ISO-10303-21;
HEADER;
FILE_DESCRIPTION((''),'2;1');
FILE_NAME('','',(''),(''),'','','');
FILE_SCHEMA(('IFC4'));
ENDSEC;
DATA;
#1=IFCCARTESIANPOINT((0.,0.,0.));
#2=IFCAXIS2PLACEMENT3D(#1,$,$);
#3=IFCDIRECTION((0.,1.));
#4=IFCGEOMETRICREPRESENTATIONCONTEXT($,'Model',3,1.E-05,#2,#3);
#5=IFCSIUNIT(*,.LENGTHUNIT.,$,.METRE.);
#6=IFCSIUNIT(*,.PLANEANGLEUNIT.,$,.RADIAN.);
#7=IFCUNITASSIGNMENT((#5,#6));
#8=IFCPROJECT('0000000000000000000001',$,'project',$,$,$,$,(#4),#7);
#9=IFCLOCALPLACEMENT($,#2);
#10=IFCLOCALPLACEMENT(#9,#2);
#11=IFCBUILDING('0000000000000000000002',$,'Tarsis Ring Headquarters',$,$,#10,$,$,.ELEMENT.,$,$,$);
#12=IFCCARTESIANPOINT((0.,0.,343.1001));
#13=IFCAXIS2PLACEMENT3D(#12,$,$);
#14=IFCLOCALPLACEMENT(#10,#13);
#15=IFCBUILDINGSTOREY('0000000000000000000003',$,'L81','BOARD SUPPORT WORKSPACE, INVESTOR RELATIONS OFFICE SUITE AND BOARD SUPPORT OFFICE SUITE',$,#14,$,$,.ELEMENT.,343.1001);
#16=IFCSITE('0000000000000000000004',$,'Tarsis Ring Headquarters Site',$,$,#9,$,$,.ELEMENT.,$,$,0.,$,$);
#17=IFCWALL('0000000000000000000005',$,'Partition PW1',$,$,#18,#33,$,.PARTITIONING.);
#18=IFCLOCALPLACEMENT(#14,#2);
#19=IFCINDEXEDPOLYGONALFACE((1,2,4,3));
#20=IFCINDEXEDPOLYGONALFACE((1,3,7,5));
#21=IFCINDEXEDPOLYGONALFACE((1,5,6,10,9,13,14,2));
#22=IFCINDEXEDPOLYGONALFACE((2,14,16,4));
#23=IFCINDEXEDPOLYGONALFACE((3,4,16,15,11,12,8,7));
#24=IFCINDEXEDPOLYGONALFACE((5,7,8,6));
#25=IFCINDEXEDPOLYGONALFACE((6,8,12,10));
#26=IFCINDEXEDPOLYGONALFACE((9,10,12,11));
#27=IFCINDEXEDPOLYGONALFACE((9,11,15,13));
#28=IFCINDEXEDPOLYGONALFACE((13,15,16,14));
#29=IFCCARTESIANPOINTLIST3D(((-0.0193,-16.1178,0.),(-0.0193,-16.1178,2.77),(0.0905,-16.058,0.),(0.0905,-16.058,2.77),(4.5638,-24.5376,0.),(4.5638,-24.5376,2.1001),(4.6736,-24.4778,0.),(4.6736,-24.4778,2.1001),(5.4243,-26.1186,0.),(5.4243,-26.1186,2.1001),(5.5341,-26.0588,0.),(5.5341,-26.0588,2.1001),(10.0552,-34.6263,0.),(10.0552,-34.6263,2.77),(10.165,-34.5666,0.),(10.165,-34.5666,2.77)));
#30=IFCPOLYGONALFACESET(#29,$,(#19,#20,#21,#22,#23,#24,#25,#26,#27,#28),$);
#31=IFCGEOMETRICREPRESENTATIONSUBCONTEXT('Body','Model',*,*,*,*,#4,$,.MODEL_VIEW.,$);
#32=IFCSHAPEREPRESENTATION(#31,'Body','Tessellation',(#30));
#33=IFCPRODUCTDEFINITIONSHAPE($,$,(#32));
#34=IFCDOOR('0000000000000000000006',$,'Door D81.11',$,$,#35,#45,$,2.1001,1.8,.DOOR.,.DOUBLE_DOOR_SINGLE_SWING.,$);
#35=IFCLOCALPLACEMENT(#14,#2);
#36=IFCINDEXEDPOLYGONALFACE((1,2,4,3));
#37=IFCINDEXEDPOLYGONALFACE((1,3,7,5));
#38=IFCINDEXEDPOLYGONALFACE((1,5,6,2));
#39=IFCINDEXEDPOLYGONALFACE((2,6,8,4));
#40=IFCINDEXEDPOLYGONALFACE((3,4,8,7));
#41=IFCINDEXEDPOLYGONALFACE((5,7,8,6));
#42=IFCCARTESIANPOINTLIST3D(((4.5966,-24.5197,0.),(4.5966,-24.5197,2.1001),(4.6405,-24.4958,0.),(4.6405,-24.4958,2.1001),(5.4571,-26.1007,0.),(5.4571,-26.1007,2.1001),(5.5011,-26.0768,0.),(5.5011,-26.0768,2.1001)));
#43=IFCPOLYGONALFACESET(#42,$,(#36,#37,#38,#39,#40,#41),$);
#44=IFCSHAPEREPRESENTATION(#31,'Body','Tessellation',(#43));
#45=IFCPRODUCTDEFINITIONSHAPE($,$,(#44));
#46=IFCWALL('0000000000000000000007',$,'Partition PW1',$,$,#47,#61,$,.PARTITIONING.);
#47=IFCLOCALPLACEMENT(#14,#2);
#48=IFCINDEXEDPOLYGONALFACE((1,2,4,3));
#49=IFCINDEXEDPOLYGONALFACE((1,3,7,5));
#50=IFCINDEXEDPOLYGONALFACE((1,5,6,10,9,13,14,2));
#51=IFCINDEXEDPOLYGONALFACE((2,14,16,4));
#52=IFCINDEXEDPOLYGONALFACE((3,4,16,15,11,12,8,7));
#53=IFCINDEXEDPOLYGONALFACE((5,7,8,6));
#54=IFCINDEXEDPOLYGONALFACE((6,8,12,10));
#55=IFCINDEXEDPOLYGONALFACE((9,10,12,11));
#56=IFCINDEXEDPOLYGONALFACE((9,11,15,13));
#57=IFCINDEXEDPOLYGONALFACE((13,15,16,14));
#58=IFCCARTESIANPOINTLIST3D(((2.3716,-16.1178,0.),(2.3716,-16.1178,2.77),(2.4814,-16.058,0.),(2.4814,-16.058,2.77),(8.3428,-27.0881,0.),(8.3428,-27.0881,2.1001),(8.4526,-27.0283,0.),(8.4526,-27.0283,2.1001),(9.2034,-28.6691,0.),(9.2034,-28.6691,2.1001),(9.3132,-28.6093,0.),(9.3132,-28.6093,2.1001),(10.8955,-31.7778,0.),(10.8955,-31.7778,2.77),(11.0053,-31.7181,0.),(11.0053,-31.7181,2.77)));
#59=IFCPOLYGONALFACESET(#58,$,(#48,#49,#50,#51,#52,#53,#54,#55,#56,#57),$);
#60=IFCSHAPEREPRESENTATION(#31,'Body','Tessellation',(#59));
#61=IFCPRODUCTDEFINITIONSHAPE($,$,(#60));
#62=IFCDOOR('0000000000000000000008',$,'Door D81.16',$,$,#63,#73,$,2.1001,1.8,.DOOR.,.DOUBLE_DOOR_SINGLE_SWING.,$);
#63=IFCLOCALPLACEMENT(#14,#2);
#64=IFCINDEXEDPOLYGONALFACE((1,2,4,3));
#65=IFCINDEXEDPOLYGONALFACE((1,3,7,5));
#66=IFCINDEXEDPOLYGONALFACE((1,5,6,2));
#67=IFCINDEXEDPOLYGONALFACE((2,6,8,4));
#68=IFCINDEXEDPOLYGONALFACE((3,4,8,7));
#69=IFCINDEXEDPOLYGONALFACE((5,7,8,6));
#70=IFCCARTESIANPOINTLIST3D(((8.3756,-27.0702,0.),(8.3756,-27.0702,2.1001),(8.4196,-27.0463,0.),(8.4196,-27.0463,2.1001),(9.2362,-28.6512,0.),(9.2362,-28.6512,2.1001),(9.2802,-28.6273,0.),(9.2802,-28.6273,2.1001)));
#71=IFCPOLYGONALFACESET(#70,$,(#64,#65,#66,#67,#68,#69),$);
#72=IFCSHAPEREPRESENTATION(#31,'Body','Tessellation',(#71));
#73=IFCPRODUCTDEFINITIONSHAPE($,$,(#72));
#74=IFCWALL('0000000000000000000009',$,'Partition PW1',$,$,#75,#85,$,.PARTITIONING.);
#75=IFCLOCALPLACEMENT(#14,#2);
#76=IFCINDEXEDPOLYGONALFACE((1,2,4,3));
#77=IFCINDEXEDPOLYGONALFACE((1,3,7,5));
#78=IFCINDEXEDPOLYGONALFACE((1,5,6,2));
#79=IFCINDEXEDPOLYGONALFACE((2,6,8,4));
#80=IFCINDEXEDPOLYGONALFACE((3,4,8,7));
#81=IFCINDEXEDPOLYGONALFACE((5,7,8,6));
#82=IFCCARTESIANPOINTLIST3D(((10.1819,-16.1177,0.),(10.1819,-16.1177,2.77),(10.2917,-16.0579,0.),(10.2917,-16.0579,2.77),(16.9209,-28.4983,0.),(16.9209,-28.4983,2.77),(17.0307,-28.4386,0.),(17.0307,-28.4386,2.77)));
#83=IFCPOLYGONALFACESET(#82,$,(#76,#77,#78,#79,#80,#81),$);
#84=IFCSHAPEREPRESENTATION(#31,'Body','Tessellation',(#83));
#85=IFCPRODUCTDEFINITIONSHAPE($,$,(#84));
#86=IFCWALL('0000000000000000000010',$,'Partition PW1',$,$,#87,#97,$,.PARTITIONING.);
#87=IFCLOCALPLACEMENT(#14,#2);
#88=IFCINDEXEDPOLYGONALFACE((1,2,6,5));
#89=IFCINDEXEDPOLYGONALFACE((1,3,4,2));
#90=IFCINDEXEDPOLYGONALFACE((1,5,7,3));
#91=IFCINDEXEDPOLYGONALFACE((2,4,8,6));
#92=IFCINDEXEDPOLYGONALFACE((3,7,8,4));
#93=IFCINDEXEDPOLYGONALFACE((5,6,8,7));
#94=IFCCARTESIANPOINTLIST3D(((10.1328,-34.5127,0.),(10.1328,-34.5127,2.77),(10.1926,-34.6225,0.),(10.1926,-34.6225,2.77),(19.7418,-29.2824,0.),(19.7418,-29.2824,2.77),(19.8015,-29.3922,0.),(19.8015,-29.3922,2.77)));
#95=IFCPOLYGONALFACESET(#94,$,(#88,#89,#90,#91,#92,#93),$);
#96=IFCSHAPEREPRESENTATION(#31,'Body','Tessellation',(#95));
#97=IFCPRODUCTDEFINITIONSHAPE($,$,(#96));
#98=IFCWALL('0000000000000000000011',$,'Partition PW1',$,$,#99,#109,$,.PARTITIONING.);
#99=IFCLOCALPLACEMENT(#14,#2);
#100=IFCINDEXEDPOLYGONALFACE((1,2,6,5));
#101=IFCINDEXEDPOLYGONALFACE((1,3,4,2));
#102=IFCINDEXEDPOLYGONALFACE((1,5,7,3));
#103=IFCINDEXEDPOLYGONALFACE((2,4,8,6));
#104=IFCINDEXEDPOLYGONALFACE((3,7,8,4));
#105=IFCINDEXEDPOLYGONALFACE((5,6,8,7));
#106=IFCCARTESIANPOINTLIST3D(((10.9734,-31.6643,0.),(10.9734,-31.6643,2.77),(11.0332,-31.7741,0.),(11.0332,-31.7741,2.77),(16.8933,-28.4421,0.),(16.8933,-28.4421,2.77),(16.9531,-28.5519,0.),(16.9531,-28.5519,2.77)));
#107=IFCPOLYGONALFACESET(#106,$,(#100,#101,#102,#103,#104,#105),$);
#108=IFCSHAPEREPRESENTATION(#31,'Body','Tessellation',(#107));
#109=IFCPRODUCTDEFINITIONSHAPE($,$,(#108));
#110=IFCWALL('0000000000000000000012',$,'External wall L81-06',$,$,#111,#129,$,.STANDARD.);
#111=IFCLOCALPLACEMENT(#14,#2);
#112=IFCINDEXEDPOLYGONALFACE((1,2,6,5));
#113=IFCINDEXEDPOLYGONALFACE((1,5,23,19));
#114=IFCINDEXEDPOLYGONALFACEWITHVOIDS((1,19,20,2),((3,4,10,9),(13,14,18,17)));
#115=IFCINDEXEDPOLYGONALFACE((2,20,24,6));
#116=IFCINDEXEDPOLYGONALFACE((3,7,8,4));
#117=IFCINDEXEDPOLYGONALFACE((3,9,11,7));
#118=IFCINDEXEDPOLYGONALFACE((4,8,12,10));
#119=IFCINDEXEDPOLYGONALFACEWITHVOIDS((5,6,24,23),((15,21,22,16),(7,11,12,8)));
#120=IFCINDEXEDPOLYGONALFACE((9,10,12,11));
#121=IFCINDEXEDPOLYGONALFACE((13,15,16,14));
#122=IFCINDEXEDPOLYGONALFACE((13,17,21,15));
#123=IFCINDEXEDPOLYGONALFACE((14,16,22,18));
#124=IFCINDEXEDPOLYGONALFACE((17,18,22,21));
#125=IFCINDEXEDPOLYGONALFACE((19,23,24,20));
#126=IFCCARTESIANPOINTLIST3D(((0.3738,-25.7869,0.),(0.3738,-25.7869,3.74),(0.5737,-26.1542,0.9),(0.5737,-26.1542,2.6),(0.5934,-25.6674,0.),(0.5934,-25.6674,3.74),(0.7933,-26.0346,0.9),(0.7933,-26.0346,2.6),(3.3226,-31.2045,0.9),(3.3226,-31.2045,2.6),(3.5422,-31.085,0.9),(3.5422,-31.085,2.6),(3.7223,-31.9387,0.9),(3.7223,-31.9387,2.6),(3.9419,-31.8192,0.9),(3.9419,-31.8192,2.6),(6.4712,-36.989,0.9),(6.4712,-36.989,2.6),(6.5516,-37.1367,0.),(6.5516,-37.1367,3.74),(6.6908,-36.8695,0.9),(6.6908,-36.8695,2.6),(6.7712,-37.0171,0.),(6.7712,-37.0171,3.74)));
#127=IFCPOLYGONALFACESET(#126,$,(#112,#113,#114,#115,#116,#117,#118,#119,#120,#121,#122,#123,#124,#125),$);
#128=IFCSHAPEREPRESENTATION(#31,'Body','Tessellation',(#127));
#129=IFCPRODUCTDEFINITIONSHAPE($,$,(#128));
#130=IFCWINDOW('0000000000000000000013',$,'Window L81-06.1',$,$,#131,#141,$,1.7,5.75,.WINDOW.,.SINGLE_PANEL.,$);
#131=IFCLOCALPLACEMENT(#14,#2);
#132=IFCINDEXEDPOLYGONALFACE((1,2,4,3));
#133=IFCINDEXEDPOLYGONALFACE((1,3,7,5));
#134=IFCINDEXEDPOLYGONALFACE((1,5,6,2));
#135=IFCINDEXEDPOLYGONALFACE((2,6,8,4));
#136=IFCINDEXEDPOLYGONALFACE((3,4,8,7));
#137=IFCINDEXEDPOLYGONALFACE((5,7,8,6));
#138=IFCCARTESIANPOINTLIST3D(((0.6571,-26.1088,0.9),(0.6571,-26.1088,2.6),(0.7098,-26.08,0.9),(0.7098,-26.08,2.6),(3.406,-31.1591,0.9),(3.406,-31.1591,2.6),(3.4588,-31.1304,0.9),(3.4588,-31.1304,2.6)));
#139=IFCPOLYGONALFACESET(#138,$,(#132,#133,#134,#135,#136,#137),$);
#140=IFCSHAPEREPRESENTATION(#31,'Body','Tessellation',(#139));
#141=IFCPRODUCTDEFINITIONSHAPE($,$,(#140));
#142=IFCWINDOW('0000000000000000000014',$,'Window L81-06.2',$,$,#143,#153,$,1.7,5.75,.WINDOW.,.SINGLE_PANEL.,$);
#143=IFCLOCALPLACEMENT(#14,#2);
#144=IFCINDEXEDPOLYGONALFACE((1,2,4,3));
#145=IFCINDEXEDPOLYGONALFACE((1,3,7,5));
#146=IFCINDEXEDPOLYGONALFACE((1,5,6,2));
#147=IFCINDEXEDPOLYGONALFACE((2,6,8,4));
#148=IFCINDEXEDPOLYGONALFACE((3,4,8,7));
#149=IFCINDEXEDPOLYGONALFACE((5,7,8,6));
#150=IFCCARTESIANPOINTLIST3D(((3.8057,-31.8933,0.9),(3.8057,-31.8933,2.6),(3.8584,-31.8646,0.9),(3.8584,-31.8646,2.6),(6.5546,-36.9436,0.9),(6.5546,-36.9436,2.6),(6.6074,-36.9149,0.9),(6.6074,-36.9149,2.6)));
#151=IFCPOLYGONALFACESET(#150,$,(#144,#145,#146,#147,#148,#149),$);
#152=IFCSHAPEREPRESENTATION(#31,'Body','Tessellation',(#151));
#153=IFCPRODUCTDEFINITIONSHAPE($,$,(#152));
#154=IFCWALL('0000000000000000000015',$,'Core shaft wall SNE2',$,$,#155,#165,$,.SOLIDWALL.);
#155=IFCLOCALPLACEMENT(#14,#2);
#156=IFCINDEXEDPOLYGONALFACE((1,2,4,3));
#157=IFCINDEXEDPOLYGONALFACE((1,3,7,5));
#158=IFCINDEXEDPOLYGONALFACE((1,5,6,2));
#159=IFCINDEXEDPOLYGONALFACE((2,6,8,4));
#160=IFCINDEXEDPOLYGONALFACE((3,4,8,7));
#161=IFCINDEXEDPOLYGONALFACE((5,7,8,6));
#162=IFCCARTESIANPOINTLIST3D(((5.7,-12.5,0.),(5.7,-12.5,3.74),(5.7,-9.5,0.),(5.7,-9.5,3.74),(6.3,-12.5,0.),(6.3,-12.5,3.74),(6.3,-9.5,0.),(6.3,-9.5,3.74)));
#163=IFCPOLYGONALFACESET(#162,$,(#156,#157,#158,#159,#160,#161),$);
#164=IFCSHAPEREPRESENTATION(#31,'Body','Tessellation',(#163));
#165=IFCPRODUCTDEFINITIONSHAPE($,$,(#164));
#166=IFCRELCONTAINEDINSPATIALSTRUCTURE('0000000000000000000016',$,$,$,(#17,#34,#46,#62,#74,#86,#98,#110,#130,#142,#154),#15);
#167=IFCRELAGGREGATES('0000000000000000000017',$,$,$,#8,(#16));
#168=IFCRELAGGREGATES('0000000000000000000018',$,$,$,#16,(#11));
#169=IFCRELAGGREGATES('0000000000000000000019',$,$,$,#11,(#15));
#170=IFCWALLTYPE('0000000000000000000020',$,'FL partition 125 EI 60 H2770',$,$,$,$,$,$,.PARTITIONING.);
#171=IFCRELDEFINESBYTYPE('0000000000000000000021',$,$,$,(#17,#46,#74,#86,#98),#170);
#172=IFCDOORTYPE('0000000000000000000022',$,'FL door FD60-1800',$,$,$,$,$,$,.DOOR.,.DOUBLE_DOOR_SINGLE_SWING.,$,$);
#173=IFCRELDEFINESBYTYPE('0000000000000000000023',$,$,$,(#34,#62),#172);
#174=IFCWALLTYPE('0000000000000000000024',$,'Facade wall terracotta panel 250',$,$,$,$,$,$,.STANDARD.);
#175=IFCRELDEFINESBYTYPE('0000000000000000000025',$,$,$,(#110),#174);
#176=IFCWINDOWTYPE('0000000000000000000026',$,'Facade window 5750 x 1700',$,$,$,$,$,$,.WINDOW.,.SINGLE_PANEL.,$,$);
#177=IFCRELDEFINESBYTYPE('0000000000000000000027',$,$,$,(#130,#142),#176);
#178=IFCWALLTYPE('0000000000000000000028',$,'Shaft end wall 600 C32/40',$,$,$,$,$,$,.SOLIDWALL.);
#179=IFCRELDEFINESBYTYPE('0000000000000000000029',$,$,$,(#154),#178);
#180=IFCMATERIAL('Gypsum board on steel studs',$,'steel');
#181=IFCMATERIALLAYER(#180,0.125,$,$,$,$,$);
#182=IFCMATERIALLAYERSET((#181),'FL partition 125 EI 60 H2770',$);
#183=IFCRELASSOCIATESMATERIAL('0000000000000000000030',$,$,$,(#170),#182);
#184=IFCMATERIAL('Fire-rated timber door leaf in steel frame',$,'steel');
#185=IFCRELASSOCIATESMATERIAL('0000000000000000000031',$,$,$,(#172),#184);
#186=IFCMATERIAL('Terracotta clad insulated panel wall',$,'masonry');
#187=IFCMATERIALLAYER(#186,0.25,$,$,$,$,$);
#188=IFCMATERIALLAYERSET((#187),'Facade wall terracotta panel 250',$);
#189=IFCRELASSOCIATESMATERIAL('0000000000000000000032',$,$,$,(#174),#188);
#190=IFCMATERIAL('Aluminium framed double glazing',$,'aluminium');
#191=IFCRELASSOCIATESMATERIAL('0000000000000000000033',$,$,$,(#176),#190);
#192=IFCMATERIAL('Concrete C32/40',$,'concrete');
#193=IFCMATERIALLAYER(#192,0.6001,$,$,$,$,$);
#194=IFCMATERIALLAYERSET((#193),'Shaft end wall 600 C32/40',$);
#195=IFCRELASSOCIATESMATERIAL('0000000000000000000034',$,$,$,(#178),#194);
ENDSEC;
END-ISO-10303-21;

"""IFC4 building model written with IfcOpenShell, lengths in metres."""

from ifc_helpers import new_model, si_unit, direction, frame, frame_2d, origin, place, context, subcontext, project, spatial, rectangle, extrude, material, layer, layer_set, type_object, element, fill, save


model = new_model("IFC4")

# Units and contexts
model_context = context("Model", 3, precision=1e-05, world=origin(), true_north=direction((0.0, 1.0)))
body_context = subcontext(model_context, "Body", "Model", "MODEL_VIEW")
ifc_project = project(units=[si_unit("LENGTHUNIT", "METRE"), si_unit("PLANEANGLEUNIT", "RADIAN")], contexts=[model_context])

# Site, building, storey
site_placement = place(None, origin())
site = spatial("IfcSite", under=ifc_project, at=site_placement, Name="Tarsis Ring Headquarters Site", CompositionType="ELEMENT", RefElevation=0.0)
building_placement = place(site_placement, origin())
building = spatial("IfcBuilding", under=site, at=building_placement, Name="Tarsis Ring Headquarters", CompositionType="ELEMENT")
storey_placement = place(building_placement, frame((0.0, 0.0, 343.1001)))
storey = spatial("IfcBuildingStorey", under=building, at=storey_placement, Name="L81", Description="BOARD SUPPORT WORKSPACE, INVESTOR RELATIONS OFFICE SUITE AND BOARD SUPPORT OFFICE SUITE", CompositionType="ELEMENT", Elevation=343.1001)

# Walls, openings, doors
ifc_material_1 = material(Name="Gypsum board on steel studs", Category="steel")
ifc_layer_1 = layer(ifc_material_1, 0.125)
ifc_layer_set_1 = layer_set([ifc_layer_1], Name="FL partition 125 EI 60 H2770")
wall_type_1 = type_object("IfcWallType", Name="FL partition 125 EI 60 H2770", PredefinedType="PARTITIONING", material=ifc_layer_set_1)
wall_1_placement = place(storey_placement, frame((0.0356, -16.0879, 0.0), z_axis=(0.0, 0.0, 1.0), x_axis=(0.47808, -0.878316, 0.0)))
wall_1 = element("IfcWall", 1, at=wall_1_placement, inside=storey, type_object=wall_type_1, Name="Partition PW1", PredefinedType="PARTITIONING", context=body_context, shape_type="SweptSolid", body=[
    extrude(rectangle(XDim=21.0728, YDim=0.125, at=frame_2d((10.5364, 0.0))), origin(), (0.0, 0.0, 1.0), 2.77),
])
opening_1_placement = place(wall_1_placement, frame((9.5864, 0.0, 0.0)))
opening_1 = element("IfcOpeningElement", 2, at=opening_1_placement, cuts=wall_1, PredefinedType="OPENING", context=body_context, shape_type="SweptSolid", body=[
    extrude(rectangle(XDim=1.8, YDim=2.1001, at=frame_2d((0.8999, 1.05))), frame((0.0, 0.0725, 0.0), z_axis=(0.0, -1.0, 0.0), x_axis=(1.0, 0.0, 0.0)), (0.0, 0.0, 1.0), 0.145),
])
ifc_material_2 = material(Name="Fire-rated timber door leaf in steel frame", Category="steel")
door_type_1 = type_object("IfcDoorType", Name="FL door FD60-1800", OperationType="DOUBLE_DOOR_SINGLE_SWING", PredefinedType="DOOR", material=ifc_material_2)
door_1_placement = place(opening_1_placement, origin())
door_1 = element("IfcDoor", 3, at=door_1_placement, inside=storey, type_object=door_type_1, Name="Door D81.11", OperationType="DOUBLE_DOOR_SINGLE_SWING", OverallHeight=2.1001, OverallWidth=1.8, PredefinedType="DOOR", context=body_context, shape_type="SweptSolid", body=[
    extrude(rectangle(XDim=1.8, YDim=2.1001, at=frame_2d((0.8999, 1.05))), frame((0.0, 0.0249, 0.0), z_axis=(0.0, -1.0, 0.0), x_axis=(1.0, 0.0, 0.0)), (0.0, 0.0, 1.0), 0.05),
])
fill(opening_1, door_1)
wall_2_placement = place(storey_placement, frame((2.4265, -16.0879, 0.0), z_axis=(0.0, 0.0, 1.0), x_axis=(0.478075, -0.878319, 0.0)))
wall_2 = element("IfcWall", 4, at=wall_2_placement, inside=storey, type_object=wall_type_1, Name="Partition PW1", PredefinedType="PARTITIONING", context=body_context, shape_type="SweptSolid", body=[
    extrude(rectangle(XDim=17.8296, YDim=0.125, at=frame_2d((8.9148, 0.0))), origin(), (0.0, 0.0, 1.0), 2.77),
])
opening_2_placement = place(wall_2_placement, frame((12.4902, 0.0, 0.0)))
opening_2 = element("IfcOpeningElement", 5, at=opening_2_placement, cuts=wall_2, PredefinedType="OPENING", context=body_context, shape_type="SweptSolid", body=[
    extrude(rectangle(XDim=1.8, YDim=2.1001, at=frame_2d((0.8999, 1.05))), frame((0.0, 0.0725, 0.0), z_axis=(0.0, -1.0, 0.0), x_axis=(1.0, 0.0, 0.0)), (0.0, 0.0, 1.0), 0.145),
])
door_2_placement = place(opening_2_placement, origin())
door_2 = element("IfcDoor", 6, at=door_2_placement, inside=storey, type_object=door_type_1, Name="Door D81.16", OperationType="DOUBLE_DOOR_SINGLE_SWING", OverallHeight=2.1001, OverallWidth=1.8, PredefinedType="DOOR", context=body_context, shape_type="SweptSolid", body=[
    extrude(rectangle(XDim=1.8, YDim=2.1001, at=frame_2d((0.8999, 1.05))), frame((0.0, 0.0249, 0.0), z_axis=(0.0, -1.0, 0.0), x_axis=(1.0, 0.0, 0.0)), (0.0, 0.0, 1.0), 0.05),
])
fill(opening_2, door_2)

# Walls
wall_3_placement = place(storey_placement, frame((10.2368, -16.0879, 0.0), z_axis=(0.0, 0.0, 1.0), x_axis=(0.478084, -0.878314, 0.0)))
element("IfcWall", 7, at=wall_3_placement, inside=storey, type_object=wall_type_1, Name="Partition PW1", PredefinedType="PARTITIONING", context=body_context, shape_type="SweptSolid", body=[
    extrude(rectangle(XDim=14.0959, YDim=0.125, at=frame_2d((7.0479, 0.0))), origin(), (0.0, 0.0, 1.0), 2.77),
])
wall_4_placement = place(storey_placement, frame((10.1626, -34.5676, 0.0), z_axis=(0.0, 0.0, 1.0), x_axis=(0.878317, 0.478078, 0.0)))
element("IfcWall", 8, at=wall_4_placement, inside=storey, type_object=wall_type_1, Name="Partition PW1", PredefinedType="PARTITIONING", context=body_context, shape_type="SweptSolid", body=[
    extrude(rectangle(XDim=10.9402, YDim=0.125, at=frame_2d((5.4702, 0.0))), origin(), (0.0, 0.0, 1.0), 2.77),
])
wall_5_placement = place(storey_placement, frame((11.0032, -31.7192, 0.0), z_axis=(0.0, 0.0, 1.0), x_axis=(0.878324, 0.478065, 0.0)))
element("IfcWall", 9, at=wall_5_placement, inside=storey, type_object=wall_type_1, Name="Partition PW1", PredefinedType="PARTITIONING", context=body_context, shape_type="SweptSolid", body=[
    extrude(rectangle(XDim=6.74, YDim=0.125, at=frame_2d((3.3701, 0.0))), origin(), (0.0, 0.0, 1.0), 2.77),
])

# Wall, openings, windows
ifc_material_3 = material(Name="Terracotta clad insulated panel wall", Category="masonry")
ifc_layer_2 = layer(ifc_material_3, 0.25)
ifc_layer_set_2 = layer_set([ifc_layer_2], Name="Facade wall terracotta panel 250")
wall_type_2 = type_object("IfcWallType", Name="Facade wall terracotta panel 250", PredefinedType="STANDARD", material=ifc_layer_set_2)
wall_6_placement = place(storey_placement, frame((0.4836, -25.7273, 0.0), z_axis=(0.0, 0.0, 1.0), x_axis=(0.478079, -0.878317, 0.0)))
wall_6 = element("IfcWall", 10, at=wall_6_placement, inside=storey, type_object=wall_type_2, Name="External wall L81-06", PredefinedType="STANDARD", context=body_context, shape_type="SweptSolid", body=[
    extrude(rectangle(XDim=12.9221, YDim=0.25, at=frame_2d((6.4609, 0.0))), origin(), (0.0, 0.0, 1.0), 3.74),
])
opening_3_placement = place(wall_6_placement, frame((0.418, 0.0, 0.8999)))
opening_3 = element("IfcOpeningElement", 11, at=opening_3_placement, cuts=wall_6, PredefinedType="OPENING", context=body_context, shape_type="SweptSolid", body=[
    extrude(rectangle(XDim=5.75, YDim=1.7, at=frame_2d((2.875, 0.8501))), frame((0.0, 0.135, 0.0), z_axis=(0.0, -1.0, 0.0), x_axis=(1.0, 0.0, 0.0)), (0.0, 0.0, 1.0), 0.27),
])
opening_4_placement = place(wall_6_placement, frame((7.0039, 0.0, 0.8999)))
opening_4 = element("IfcOpeningElement", 12, at=opening_4_placement, cuts=wall_6, PredefinedType="OPENING", context=body_context, shape_type="SweptSolid", body=[
    extrude(rectangle(XDim=5.75, YDim=1.7, at=frame_2d((2.875, 0.8501))), frame((0.0, 0.135, 0.0), z_axis=(0.0, -1.0, 0.0), x_axis=(1.0, 0.0, 0.0)), (0.0, 0.0, 1.0), 0.27),
])
ifc_material_4 = material(Name="Aluminium framed double glazing", Category="aluminium")
window_type = type_object("IfcWindowType", Name="Facade window 5750 x 1700", PartitioningType="SINGLE_PANEL", PredefinedType="WINDOW", material=ifc_material_4)
window_1_placement = place(opening_3_placement, origin())
window_1 = element("IfcWindow", 13, at=window_1_placement, inside=storey, type_object=window_type, Name="Window L81-06.1", OverallHeight=1.7, OverallWidth=5.75, PartitioningType="SINGLE_PANEL", PredefinedType="WINDOW", context=body_context, shape_type="SweptSolid", body=[
    extrude(rectangle(XDim=5.75, YDim=1.7, at=frame_2d((2.875, 0.8501))), frame((0.0, 0.03, 0.0), z_axis=(0.0, -1.0, 0.0), x_axis=(1.0, 0.0, 0.0)), (0.0, 0.0, 1.0), 0.0601),
])
fill(opening_3, window_1)
window_2_placement = place(opening_4_placement, origin())
window_2 = element("IfcWindow", 14, at=window_2_placement, inside=storey, type_object=window_type, Name="Window L81-06.2", OverallHeight=1.7, OverallWidth=5.75, PartitioningType="SINGLE_PANEL", PredefinedType="WINDOW", context=body_context, shape_type="SweptSolid", body=[
    extrude(rectangle(XDim=5.75, YDim=1.7, at=frame_2d((2.875, 0.8501))), frame((0.0, 0.03, 0.0), z_axis=(0.0, -1.0, 0.0), x_axis=(1.0, 0.0, 0.0)), (0.0, 0.0, 1.0), 0.0601),
])
fill(opening_4, window_2)

# Wall
ifc_material_5 = material(Name="Concrete C32/40", Category="concrete")
ifc_layer_3 = layer(ifc_material_5, 0.6001)
ifc_layer_set_3 = layer_set([ifc_layer_3], Name="Shaft end wall 600 C32/40")
wall_type_3 = type_object("IfcWallType", Name="Shaft end wall 600 C32/40", PredefinedType="SOLIDWALL", material=ifc_layer_set_3)
wall_7_placement = place(storey_placement, frame((6.0, -12.5, 0.0), z_axis=(0.0, 0.0, 1.0), x_axis=(0.0, 1.0, 0.0)))
element("IfcWall", 15, at=wall_7_placement, inside=storey, type_object=wall_type_3, Name="Core shaft wall SNE2", PredefinedType="SOLIDWALL", context=body_context, shape_type="SweptSolid", body=[
    extrude(rectangle(XDim=3.0, YDim=0.6001, at=frame_2d((1.5, 0.0))), origin(), (0.0, 0.0, 1.0), 3.74),
])

save(model, "model.ifc")
